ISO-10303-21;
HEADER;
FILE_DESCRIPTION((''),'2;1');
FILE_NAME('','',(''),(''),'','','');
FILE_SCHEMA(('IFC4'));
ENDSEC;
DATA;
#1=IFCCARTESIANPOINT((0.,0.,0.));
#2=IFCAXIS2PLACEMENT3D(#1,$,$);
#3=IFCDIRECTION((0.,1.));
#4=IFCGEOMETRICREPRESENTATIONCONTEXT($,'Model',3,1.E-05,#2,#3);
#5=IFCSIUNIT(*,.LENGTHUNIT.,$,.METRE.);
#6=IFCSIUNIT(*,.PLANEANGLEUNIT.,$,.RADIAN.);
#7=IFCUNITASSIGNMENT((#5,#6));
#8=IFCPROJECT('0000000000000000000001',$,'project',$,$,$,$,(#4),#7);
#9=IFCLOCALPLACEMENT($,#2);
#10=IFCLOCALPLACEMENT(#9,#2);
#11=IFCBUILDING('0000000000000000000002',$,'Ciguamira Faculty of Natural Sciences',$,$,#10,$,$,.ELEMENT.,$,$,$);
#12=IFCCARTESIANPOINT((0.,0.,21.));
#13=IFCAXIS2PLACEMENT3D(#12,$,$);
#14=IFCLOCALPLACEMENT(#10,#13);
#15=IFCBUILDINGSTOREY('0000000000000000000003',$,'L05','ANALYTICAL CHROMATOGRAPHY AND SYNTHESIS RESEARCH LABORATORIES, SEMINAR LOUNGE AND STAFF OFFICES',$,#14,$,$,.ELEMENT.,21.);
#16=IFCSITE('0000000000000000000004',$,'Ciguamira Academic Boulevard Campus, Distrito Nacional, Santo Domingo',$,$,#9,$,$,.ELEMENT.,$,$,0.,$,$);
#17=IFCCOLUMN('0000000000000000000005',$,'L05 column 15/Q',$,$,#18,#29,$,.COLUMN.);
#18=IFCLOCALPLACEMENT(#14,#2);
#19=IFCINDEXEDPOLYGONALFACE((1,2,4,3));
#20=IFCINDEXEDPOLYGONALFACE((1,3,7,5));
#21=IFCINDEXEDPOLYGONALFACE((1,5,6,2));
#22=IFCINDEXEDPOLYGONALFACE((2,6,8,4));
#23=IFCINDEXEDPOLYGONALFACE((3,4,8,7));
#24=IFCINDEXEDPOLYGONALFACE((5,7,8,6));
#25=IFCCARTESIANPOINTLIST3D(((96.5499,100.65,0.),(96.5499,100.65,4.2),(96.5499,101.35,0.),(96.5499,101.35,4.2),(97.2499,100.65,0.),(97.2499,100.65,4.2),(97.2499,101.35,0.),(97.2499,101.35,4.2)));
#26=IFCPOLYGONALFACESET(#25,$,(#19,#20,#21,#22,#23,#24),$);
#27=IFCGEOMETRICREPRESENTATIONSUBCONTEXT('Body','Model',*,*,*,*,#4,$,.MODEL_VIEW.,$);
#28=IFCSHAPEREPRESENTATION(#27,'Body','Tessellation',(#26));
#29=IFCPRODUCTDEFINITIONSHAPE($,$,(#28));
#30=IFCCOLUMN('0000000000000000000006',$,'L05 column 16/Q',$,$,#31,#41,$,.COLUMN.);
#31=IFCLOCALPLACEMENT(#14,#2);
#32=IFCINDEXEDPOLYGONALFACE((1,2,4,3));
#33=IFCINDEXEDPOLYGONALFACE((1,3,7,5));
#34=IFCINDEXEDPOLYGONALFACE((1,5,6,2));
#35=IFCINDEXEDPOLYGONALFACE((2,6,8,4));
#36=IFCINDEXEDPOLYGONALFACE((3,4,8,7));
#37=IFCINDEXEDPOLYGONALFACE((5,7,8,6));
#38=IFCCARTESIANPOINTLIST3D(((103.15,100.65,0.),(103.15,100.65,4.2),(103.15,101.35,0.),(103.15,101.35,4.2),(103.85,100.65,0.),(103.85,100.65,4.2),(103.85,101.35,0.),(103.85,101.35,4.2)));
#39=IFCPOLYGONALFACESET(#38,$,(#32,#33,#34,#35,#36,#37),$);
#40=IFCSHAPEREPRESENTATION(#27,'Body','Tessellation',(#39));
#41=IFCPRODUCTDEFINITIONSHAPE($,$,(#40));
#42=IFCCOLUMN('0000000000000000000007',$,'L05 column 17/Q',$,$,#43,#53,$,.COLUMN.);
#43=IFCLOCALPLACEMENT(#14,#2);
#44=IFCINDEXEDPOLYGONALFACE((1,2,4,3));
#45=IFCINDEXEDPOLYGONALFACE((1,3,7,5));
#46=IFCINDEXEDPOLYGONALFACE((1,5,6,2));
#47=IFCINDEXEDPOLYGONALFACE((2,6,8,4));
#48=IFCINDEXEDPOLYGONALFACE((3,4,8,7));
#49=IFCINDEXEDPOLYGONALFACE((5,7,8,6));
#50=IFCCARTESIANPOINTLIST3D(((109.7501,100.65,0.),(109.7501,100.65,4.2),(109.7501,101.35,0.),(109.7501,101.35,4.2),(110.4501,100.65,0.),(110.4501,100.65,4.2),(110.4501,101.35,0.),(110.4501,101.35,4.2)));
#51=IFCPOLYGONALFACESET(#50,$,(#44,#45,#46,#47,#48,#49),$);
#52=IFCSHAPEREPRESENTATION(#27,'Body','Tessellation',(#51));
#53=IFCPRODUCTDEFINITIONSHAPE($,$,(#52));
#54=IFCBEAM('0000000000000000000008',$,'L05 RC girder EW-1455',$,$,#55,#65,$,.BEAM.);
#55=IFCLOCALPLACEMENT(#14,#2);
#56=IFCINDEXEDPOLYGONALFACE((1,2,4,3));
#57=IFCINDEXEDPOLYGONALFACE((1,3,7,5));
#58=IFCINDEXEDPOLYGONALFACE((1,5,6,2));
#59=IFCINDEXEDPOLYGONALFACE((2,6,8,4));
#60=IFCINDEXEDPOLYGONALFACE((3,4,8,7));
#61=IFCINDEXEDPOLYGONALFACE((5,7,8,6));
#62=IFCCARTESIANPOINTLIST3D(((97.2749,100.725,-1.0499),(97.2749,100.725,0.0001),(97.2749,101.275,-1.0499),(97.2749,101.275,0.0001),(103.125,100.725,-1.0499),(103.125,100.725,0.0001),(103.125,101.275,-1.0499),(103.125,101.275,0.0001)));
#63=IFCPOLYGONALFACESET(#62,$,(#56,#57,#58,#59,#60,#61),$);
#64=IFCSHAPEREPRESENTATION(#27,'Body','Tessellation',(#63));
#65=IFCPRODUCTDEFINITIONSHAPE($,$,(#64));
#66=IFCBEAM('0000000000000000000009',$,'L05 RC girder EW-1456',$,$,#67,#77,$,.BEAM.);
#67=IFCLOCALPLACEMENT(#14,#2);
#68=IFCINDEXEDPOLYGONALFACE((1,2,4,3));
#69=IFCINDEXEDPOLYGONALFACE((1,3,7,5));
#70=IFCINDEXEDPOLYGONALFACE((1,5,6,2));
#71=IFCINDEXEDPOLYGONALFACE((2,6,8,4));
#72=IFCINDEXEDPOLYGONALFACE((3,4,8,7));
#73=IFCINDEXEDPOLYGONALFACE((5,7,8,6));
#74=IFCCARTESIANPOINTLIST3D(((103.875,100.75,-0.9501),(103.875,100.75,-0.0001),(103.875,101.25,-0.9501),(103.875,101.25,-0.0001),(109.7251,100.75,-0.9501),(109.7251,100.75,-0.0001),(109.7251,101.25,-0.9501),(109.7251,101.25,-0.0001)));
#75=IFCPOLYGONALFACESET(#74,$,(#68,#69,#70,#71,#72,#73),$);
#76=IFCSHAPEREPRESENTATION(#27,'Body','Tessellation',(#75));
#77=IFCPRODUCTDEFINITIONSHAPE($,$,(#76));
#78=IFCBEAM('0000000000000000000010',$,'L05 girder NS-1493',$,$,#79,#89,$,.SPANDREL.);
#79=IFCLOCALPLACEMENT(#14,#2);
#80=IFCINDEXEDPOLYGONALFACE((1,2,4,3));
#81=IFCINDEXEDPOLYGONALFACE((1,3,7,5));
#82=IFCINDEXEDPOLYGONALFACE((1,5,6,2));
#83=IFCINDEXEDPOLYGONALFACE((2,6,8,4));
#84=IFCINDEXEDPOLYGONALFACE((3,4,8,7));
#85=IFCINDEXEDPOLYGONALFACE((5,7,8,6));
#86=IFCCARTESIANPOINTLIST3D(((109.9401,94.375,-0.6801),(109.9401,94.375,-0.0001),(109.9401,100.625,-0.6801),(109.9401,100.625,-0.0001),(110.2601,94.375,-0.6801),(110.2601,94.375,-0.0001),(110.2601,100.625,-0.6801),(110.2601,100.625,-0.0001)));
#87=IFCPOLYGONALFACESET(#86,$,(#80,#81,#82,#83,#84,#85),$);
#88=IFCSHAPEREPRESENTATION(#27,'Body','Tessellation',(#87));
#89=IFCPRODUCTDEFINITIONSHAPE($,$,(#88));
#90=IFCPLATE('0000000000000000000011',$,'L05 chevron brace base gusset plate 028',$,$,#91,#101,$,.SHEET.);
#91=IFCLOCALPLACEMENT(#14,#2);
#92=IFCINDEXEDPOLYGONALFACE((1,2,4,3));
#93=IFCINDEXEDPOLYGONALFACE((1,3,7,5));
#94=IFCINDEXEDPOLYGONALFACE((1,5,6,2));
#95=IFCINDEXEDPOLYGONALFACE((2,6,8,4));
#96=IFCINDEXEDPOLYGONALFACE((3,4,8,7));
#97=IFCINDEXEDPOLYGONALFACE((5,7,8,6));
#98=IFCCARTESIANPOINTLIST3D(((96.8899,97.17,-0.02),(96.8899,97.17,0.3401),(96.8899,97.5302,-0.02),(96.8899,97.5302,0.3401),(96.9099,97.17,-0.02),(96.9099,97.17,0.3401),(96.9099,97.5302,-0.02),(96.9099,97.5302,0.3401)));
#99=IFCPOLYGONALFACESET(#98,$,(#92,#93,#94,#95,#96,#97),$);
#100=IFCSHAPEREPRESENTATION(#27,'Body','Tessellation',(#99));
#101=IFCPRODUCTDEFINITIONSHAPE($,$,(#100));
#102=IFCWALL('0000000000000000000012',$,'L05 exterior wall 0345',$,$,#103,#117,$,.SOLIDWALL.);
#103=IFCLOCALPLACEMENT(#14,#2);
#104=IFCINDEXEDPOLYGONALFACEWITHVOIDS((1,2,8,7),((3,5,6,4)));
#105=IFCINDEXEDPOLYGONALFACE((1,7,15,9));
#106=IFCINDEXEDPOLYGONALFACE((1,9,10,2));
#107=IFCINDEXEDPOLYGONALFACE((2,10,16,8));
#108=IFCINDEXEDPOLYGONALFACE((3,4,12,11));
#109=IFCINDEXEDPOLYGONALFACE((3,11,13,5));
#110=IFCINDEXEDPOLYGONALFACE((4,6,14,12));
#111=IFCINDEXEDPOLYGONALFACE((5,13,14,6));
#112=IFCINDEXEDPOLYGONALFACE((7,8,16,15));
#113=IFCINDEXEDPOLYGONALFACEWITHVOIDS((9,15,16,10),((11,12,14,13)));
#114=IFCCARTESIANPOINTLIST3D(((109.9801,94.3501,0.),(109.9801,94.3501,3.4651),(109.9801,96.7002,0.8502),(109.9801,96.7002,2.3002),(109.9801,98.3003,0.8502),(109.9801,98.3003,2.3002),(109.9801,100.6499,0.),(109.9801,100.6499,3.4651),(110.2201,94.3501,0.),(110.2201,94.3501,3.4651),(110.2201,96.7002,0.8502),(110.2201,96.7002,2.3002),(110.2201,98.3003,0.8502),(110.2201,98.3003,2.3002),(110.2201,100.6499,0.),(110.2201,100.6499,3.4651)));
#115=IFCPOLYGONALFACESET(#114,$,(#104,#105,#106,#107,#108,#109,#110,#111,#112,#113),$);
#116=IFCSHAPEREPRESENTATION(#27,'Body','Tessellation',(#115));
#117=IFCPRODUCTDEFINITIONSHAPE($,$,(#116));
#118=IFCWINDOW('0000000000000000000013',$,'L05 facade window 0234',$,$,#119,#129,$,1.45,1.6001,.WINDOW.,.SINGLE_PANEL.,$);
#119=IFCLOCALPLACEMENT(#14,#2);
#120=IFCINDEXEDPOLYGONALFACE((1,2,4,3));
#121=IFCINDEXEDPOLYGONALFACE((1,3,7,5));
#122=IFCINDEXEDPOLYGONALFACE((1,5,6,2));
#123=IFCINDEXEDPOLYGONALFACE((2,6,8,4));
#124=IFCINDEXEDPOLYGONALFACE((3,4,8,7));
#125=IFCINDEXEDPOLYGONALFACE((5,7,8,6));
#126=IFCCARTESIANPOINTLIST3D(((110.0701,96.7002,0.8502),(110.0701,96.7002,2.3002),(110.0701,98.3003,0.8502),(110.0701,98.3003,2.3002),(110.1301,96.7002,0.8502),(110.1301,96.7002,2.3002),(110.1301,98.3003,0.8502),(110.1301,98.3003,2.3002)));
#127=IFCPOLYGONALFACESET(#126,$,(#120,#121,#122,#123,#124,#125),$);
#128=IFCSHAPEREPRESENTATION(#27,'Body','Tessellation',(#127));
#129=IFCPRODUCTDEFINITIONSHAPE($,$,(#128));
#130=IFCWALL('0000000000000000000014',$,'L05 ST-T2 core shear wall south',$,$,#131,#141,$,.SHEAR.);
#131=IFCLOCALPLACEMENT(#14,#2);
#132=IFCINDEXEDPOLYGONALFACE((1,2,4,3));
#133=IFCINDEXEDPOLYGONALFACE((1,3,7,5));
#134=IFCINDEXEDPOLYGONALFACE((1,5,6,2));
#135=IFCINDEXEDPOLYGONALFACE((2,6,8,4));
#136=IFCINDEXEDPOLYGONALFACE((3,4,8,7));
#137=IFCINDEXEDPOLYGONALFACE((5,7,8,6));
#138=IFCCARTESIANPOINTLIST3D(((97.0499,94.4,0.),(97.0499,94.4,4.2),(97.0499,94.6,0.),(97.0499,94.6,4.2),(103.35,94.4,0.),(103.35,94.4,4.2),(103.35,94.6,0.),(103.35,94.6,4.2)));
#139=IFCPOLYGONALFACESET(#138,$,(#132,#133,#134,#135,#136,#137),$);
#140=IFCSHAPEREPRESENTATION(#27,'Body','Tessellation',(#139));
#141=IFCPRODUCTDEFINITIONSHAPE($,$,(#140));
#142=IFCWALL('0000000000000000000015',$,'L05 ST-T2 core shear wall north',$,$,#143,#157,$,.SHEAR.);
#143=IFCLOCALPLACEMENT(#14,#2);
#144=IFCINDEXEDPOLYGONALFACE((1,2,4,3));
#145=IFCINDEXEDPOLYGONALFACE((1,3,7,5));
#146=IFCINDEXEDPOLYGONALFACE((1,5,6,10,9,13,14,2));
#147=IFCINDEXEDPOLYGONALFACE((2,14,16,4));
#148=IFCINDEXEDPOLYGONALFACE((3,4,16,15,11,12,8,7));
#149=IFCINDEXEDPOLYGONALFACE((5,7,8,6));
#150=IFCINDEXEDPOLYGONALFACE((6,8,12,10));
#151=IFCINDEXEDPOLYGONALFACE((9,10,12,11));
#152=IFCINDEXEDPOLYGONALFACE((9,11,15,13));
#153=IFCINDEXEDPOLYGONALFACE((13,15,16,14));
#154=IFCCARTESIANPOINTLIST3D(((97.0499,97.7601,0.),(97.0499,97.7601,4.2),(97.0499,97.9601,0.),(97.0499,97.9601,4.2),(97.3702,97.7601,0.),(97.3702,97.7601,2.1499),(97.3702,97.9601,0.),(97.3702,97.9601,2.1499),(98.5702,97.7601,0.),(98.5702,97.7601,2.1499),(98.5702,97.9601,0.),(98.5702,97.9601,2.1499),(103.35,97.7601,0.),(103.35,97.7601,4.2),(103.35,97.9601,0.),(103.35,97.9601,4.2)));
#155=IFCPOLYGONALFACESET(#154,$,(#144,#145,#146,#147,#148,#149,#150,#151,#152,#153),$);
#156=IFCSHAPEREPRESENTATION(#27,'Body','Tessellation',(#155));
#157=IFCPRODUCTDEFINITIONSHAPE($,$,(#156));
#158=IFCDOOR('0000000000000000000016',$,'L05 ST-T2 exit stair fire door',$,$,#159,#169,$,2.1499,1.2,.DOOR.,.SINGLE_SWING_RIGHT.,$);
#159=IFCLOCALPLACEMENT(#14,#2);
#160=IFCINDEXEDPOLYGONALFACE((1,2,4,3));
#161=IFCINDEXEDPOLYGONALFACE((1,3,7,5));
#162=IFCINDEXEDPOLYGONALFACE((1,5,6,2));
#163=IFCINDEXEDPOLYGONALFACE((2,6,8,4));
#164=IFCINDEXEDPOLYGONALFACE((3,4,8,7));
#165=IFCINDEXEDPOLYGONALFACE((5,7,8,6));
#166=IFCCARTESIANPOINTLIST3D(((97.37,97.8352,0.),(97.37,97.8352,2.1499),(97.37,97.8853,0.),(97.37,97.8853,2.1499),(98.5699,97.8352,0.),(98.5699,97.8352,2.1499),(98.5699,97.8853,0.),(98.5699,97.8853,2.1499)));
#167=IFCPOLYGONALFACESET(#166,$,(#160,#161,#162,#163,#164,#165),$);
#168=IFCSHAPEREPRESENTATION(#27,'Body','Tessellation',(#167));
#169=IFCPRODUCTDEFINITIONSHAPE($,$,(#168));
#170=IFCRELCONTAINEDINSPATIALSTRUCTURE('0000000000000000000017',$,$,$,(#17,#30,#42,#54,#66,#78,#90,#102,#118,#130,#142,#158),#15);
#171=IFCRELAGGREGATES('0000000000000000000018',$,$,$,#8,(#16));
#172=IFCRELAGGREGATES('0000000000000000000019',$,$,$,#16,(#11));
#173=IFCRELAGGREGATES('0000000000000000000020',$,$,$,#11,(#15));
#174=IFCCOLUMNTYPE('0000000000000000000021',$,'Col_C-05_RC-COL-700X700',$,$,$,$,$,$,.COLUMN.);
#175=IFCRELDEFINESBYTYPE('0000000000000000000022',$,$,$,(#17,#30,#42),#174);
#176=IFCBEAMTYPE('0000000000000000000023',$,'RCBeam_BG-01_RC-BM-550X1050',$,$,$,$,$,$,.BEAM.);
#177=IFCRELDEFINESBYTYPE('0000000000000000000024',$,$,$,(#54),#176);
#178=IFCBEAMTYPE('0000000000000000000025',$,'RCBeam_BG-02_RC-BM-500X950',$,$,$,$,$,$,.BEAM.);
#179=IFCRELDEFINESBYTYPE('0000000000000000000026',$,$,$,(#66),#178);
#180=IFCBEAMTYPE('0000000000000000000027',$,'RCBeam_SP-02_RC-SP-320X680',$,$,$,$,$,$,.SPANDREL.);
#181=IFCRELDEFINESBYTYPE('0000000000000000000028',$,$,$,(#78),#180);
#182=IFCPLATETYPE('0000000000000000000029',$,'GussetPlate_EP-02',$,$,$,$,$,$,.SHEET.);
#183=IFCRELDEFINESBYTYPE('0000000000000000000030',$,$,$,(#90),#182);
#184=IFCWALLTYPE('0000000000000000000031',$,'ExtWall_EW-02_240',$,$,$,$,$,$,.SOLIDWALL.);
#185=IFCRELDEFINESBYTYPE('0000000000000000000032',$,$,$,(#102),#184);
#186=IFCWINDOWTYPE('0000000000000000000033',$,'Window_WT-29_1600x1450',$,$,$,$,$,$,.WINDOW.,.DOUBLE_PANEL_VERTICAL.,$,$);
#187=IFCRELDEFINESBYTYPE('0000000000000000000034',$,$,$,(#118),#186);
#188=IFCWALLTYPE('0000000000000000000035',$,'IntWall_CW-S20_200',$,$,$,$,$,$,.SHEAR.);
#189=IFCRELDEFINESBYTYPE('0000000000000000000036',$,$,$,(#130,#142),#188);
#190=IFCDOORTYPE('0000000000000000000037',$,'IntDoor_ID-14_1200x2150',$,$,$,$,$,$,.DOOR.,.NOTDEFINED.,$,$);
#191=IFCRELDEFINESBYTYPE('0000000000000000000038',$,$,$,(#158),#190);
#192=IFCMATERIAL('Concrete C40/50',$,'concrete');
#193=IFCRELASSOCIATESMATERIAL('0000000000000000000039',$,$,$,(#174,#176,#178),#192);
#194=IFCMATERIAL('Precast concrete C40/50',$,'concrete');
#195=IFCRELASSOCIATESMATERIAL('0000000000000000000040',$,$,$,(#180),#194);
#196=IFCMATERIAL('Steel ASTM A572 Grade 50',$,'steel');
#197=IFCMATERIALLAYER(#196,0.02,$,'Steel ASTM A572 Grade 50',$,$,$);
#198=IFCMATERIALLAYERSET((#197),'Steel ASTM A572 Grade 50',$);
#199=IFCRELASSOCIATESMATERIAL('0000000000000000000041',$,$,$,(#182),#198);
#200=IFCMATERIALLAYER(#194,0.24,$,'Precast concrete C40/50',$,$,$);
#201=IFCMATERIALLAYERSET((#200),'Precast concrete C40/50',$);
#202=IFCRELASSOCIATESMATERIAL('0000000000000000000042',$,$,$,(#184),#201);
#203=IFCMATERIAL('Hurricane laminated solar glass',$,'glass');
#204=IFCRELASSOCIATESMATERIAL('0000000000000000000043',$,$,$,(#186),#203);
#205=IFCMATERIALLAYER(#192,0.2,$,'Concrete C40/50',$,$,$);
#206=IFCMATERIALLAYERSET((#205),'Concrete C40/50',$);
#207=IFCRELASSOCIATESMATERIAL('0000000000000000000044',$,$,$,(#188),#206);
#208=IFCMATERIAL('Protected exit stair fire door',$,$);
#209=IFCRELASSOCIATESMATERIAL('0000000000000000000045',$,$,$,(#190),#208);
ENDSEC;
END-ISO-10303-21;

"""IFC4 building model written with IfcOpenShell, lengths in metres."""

from ifc_helpers import new_model, si_unit, direction, frame, frame_2d, origin, origin_2d, place, context, subcontext, project, spatial, rectangle, extrude, material, layer, layer_set, material_profile, profile_set, type_object, element, fill, save


model = new_model("IFC4")

# Units and contexts
model_context = context("Model", 3, precision=1e-05, world=origin(), true_north=direction((0.0, 1.0)))
body_context = subcontext(model_context, "Body", "Model", "MODEL_VIEW")
ifc_project = project(units=[si_unit("LENGTHUNIT", "METRE"), si_unit("PLANEANGLEUNIT", "RADIAN")], contexts=[model_context])

# Site, building, storey
site_placement = place(None, origin())
site = spatial("IfcSite", under=ifc_project, at=site_placement, Name="Ciguamira Academic Boulevard Campus, Distrito Nacional, Santo Domingo", CompositionType="ELEMENT", RefElevation=0.0)
building_placement = place(site_placement, origin())
building = spatial("IfcBuilding", under=site, at=building_placement, Name="Ciguamira Faculty of Natural Sciences", CompositionType="ELEMENT")
storey_placement = place(building_placement, frame((0.0, 0.0, 21.0)))
storey = spatial("IfcBuildingStorey", under=building, at=storey_placement, Name="L05", Description="ANALYTICAL CHROMATOGRAPHY AND SYNTHESIS RESEARCH LABORATORIES, SEMINAR LOUNGE AND STAFF OFFICES", CompositionType="ELEMENT", Elevation=21.0)

# Columns
ifc_material_1 = material(Name="Concrete C40/50", Category="concrete")
ifc_material_profile_1 = material_profile(ifc_material_1, rectangle(XDim=0.7, YDim=0.7, at=origin_2d()), Name="RC-COL-700X700")
ifc_profile_set_1 = profile_set([ifc_material_profile_1], Name="Concrete C40/50")
column_type = type_object("IfcColumnType", Name="Col_C-05_RC-COL-700X700", PredefinedType="COLUMN", material=ifc_profile_set_1)
for number, where, z_axis, x_axis, name in (
    (1, (96.8999, 101.0, 0.0), (0.0, 0.0, 1.0), (1.0, 0.0, 0.0), "L05 column 15/Q"),
    (2, (103.5, 101.0, 0.0), (0.0, 0.0, 1.0), (1.0, 0.0, 0.0), "L05 column 16/Q"),
    (3, (110.1001, 101.0, 0.0), (0.0, 0.0, 1.0), (1.0, 0.0, 0.0), "L05 column 17/Q"),
):
    element("IfcColumn", number, at=place(storey_placement, frame(where, z_axis=z_axis, x_axis=x_axis)), inside=storey, type_object=column_type, Name=name, PredefinedType="COLUMN", context=body_context, shape_type="SweptSolid", body=[
        extrude(rectangle(XDim=0.7, YDim=0.7, at=origin_2d()), origin(), (0.0, 0.0, 1.0), 4.2),
    ])

# Beams
ifc_material_profile_2 = material_profile(ifc_material_1, rectangle(XDim=0.55, YDim=1.05, at=origin_2d()), Name="RC-BM-550X1050")
ifc_profile_set_2 = profile_set([ifc_material_profile_2], Name="Concrete C40/50")
beam_type_1 = type_object("IfcBeamType", Name="RCBeam_BG-01_RC-BM-550X1050", PredefinedType="BEAM", material=ifc_profile_set_2)
beam_1_placement = place(storey_placement, frame((97.2749, 101.0, -0.5249), z_axis=(1.0, 0.0, 0.0), x_axis=(0.0, 1.0, 0.0)))
element("IfcBeam", 4, at=beam_1_placement, inside=storey, type_object=beam_type_1, Name="L05 RC girder EW-1455", PredefinedType="BEAM", context=body_context, shape_type="SweptSolid", body=[
    extrude(rectangle(XDim=0.55, YDim=1.05, at=origin_2d()), origin(), (0.0, 0.0, 1.0), 5.8501),
])
ifc_material_profile_3 = material_profile(ifc_material_1, rectangle(XDim=0.5, YDim=0.95, at=origin_2d()), Name="RC-BM-500X950")
ifc_profile_set_3 = profile_set([ifc_material_profile_3], Name="Concrete C40/50")
beam_type_2 = type_object("IfcBeamType", Name="RCBeam_BG-02_RC-BM-500X950", PredefinedType="BEAM", material=ifc_profile_set_3)
beam_2_placement = place(storey_placement, frame((103.875, 101.0, -0.4751), z_axis=(1.0, 0.0, 0.0), x_axis=(0.0, 1.0, 0.0)))
element("IfcBeam", 5, at=beam_2_placement, inside=storey, type_object=beam_type_2, Name="L05 RC girder EW-1456", PredefinedType="BEAM", context=body_context, shape_type="SweptSolid", body=[
    extrude(rectangle(XDim=0.5, YDim=0.95, at=origin_2d()), origin(), (0.0, 0.0, 1.0), 5.8501),
])
ifc_material_2 = material(Name="Precast concrete C40/50", Category="concrete")
ifc_material_profile_4 = material_profile(ifc_material_2, rectangle(XDim=0.3201, YDim=0.6799, at=origin_2d()), Name="RC-SP-320X680")
ifc_profile_set_4 = profile_set([ifc_material_profile_4], Name="Precast concrete C40/50")
beam_type_3 = type_object("IfcBeamType", Name="RCBeam_SP-02_RC-SP-320X680", PredefinedType="SPANDREL", material=ifc_profile_set_4)
beam_3_placement = place(storey_placement, frame((110.1001, 94.375, -0.3401), z_axis=(0.0, 1.0, 0.0), x_axis=(-1.0, 0.0, 0.0)))
element("IfcBeam", 6, at=beam_3_placement, inside=storey, type_object=beam_type_3, Name="L05 girder NS-1493", PredefinedType="SPANDREL", context=body_context, shape_type="SweptSolid", body=[
    extrude(rectangle(XDim=0.3201, YDim=0.6799, at=origin_2d()), origin(), (0.0, 0.0, 1.0), 6.25),
])

# Plate
ifc_material_3 = material(Name="Steel ASTM A572 Grade 50", Category="steel")
ifc_layer_1 = layer(ifc_material_3, 0.02, Name="Steel ASTM A572 Grade 50")
ifc_layer_set_1 = layer_set([ifc_layer_1], Name="Steel ASTM A572 Grade 50")
plate_type = type_object("IfcPlateType", Name="GussetPlate_EP-02", PredefinedType="SHEET", material=ifc_layer_set_1)
plate_placement = place(storey_placement, frame((96.8999, 97.3501, -0.02), z_axis=(0.0, 0.0, 1.0), x_axis=(1.0, 0.0, 0.0)))
element("IfcPlate", 7, at=plate_placement, inside=storey, type_object=plate_type, Name="L05 chevron brace base gusset plate 028", PredefinedType="SHEET", context=body_context, shape_type="SweptSolid", body=[
    extrude(rectangle(XDim=0.02, YDim=0.3601, at=origin_2d()), origin(), (0.0, 0.0, 1.0), 0.3601),
])

# Wall, opening, window
ifc_layer_2 = layer(ifc_material_2, 0.24, Name="Precast concrete C40/50")
ifc_layer_set_2 = layer_set([ifc_layer_2], Name="Precast concrete C40/50")
wall_type_1 = type_object("IfcWallType", Name="ExtWall_EW-02_240", PredefinedType="SOLIDWALL", material=ifc_layer_set_2)
wall_1_placement = place(storey_placement, frame((110.1001, 94.3501, 0.0), z_axis=(0.0, 0.0, 1.0), x_axis=(0.0, 1.0, 0.0)))
wall_1 = element("IfcWall", 8, at=wall_1_placement, inside=storey, type_object=wall_type_1, Name="L05 exterior wall 0345", PredefinedType="SOLIDWALL", context=body_context, shape_type="SweptSolid", body=[
    extrude(rectangle(XDim=6.2998, YDim=0.24, at=frame_2d((3.1499, 0.0))), origin(), (0.0, 0.0, 1.0), 3.4651),
])
opening_1_placement = place(wall_1_placement, frame((2.3501, 0.0, 0.8501)))
opening_1 = element("IfcOpeningElement", 9, at=opening_1_placement, cuts=wall_1, PredefinedType="OPENING", context=body_context, shape_type="SweptSolid", body=[
    extrude(rectangle(XDim=1.6001, YDim=1.45, at=frame_2d((0.8, 0.7251))), frame((0.0, 0.1299, 0.0), z_axis=(0.0, -1.0, 0.0), x_axis=(1.0, 0.0, 0.0)), (0.0, 0.0, 1.0), 0.26),
])
ifc_material_4 = material(Name="Hurricane laminated solar glass", Category="glass")
window_type = type_object("IfcWindowType", Name="Window_WT-29_1600x1450", PartitioningType="DOUBLE_PANEL_VERTICAL", PredefinedType="WINDOW", material=ifc_material_4)
window_placement = place(opening_1_placement, origin())
window = element("IfcWindow", 10, at=window_placement, inside=storey, type_object=window_type, Name="L05 facade window 0234", OverallHeight=1.45, OverallWidth=1.6001, PartitioningType="SINGLE_PANEL", PredefinedType="WINDOW", context=body_context, shape_type="SweptSolid", body=[
    extrude(rectangle(XDim=1.6001, YDim=1.45, at=frame_2d((0.8, 0.7251))), frame((0.0, 0.03, 0.0), z_axis=(0.0, -1.0, 0.0), x_axis=(1.0, 0.0, 0.0)), (0.0, 0.0, 1.0), 0.0601),
])
fill(opening_1, window)

# Wall
ifc_layer_3 = layer(ifc_material_1, 0.2, Name="Concrete C40/50")
ifc_layer_set_3 = layer_set([ifc_layer_3], Name="Concrete C40/50")
wall_type_2 = type_object("IfcWallType", Name="IntWall_CW-S20_200", PredefinedType="SHEAR", material=ifc_layer_set_3)
wall_2_placement = place(storey_placement, frame((97.05, 94.5, 0.0), z_axis=(0.0, 0.0, 1.0), x_axis=(1.0, 0.0, 0.0)))
element("IfcWall", 11, at=wall_2_placement, inside=storey, type_object=wall_type_2, Name="L05 ST-T2 core shear wall south", PredefinedType="SHEAR", context=body_context, shape_type="SweptSolid", body=[
    extrude(rectangle(XDim=6.3, YDim=0.2, at=frame_2d((3.1499, 0.0))), origin(), (0.0, 0.0, 1.0), 4.2),
])

# Wall, opening, door
wall_3_placement = place(storey_placement, frame((97.05, 97.8601, 0.0), z_axis=(0.0, 0.0, 1.0), x_axis=(1.0, 0.0, 0.0)))
wall_3 = element("IfcWall", 12, at=wall_3_placement, inside=storey, type_object=wall_type_2, Name="L05 ST-T2 core shear wall north", PredefinedType="SHEAR", context=body_context, shape_type="SweptSolid", body=[
    extrude(rectangle(XDim=6.3, YDim=0.2, at=frame_2d((3.1499, 0.0))), origin(), (0.0, 0.0, 1.0), 4.2),
])
opening_2_placement = place(wall_3_placement, frame((0.3201, 0.0, 0.0)))
opening_2 = element("IfcOpeningElement", 13, at=opening_2_placement, cuts=wall_3, PredefinedType="OPENING", context=body_context, shape_type="SweptSolid", body=[
    extrude(rectangle(XDim=1.2, YDim=2.1499, at=frame_2d((0.6001, 1.075))), frame((0.0, 0.1099, 0.0), z_axis=(0.0, -1.0, 0.0), x_axis=(1.0, 0.0, 0.0)), (0.0, 0.0, 1.0), 0.22),
])
ifc_material_5 = material(Name="Protected exit stair fire door")
door_type = type_object("IfcDoorType", Name="IntDoor_ID-14_1200x2150", OperationType="NOTDEFINED", PredefinedType="DOOR", material=ifc_material_5)
door_placement = place(opening_2_placement, frame((1.2, 0.0, 0.0), z_axis=(0.0, 0.0, 1.0), x_axis=(-1.0, 0.0, 0.0)))
door = element("IfcDoor", 14, at=door_placement, inside=storey, type_object=door_type, Name="L05 ST-T2 exit stair fire door", OperationType="SINGLE_SWING_RIGHT", OverallHeight=2.1499, OverallWidth=1.2, PredefinedType="DOOR", context=body_context, shape_type="SweptSolid", body=[
    extrude(rectangle(XDim=1.2, YDim=2.1499, at=frame_2d((0.6001, 1.075))), frame((0.0, 0.0249, 0.0), z_axis=(0.0, -1.0, 0.0), x_axis=(1.0, 0.0, 0.0)), (0.0, 0.0, 1.0), 0.05),
])
fill(opening_2, door)

save(model, "model.ifc")
